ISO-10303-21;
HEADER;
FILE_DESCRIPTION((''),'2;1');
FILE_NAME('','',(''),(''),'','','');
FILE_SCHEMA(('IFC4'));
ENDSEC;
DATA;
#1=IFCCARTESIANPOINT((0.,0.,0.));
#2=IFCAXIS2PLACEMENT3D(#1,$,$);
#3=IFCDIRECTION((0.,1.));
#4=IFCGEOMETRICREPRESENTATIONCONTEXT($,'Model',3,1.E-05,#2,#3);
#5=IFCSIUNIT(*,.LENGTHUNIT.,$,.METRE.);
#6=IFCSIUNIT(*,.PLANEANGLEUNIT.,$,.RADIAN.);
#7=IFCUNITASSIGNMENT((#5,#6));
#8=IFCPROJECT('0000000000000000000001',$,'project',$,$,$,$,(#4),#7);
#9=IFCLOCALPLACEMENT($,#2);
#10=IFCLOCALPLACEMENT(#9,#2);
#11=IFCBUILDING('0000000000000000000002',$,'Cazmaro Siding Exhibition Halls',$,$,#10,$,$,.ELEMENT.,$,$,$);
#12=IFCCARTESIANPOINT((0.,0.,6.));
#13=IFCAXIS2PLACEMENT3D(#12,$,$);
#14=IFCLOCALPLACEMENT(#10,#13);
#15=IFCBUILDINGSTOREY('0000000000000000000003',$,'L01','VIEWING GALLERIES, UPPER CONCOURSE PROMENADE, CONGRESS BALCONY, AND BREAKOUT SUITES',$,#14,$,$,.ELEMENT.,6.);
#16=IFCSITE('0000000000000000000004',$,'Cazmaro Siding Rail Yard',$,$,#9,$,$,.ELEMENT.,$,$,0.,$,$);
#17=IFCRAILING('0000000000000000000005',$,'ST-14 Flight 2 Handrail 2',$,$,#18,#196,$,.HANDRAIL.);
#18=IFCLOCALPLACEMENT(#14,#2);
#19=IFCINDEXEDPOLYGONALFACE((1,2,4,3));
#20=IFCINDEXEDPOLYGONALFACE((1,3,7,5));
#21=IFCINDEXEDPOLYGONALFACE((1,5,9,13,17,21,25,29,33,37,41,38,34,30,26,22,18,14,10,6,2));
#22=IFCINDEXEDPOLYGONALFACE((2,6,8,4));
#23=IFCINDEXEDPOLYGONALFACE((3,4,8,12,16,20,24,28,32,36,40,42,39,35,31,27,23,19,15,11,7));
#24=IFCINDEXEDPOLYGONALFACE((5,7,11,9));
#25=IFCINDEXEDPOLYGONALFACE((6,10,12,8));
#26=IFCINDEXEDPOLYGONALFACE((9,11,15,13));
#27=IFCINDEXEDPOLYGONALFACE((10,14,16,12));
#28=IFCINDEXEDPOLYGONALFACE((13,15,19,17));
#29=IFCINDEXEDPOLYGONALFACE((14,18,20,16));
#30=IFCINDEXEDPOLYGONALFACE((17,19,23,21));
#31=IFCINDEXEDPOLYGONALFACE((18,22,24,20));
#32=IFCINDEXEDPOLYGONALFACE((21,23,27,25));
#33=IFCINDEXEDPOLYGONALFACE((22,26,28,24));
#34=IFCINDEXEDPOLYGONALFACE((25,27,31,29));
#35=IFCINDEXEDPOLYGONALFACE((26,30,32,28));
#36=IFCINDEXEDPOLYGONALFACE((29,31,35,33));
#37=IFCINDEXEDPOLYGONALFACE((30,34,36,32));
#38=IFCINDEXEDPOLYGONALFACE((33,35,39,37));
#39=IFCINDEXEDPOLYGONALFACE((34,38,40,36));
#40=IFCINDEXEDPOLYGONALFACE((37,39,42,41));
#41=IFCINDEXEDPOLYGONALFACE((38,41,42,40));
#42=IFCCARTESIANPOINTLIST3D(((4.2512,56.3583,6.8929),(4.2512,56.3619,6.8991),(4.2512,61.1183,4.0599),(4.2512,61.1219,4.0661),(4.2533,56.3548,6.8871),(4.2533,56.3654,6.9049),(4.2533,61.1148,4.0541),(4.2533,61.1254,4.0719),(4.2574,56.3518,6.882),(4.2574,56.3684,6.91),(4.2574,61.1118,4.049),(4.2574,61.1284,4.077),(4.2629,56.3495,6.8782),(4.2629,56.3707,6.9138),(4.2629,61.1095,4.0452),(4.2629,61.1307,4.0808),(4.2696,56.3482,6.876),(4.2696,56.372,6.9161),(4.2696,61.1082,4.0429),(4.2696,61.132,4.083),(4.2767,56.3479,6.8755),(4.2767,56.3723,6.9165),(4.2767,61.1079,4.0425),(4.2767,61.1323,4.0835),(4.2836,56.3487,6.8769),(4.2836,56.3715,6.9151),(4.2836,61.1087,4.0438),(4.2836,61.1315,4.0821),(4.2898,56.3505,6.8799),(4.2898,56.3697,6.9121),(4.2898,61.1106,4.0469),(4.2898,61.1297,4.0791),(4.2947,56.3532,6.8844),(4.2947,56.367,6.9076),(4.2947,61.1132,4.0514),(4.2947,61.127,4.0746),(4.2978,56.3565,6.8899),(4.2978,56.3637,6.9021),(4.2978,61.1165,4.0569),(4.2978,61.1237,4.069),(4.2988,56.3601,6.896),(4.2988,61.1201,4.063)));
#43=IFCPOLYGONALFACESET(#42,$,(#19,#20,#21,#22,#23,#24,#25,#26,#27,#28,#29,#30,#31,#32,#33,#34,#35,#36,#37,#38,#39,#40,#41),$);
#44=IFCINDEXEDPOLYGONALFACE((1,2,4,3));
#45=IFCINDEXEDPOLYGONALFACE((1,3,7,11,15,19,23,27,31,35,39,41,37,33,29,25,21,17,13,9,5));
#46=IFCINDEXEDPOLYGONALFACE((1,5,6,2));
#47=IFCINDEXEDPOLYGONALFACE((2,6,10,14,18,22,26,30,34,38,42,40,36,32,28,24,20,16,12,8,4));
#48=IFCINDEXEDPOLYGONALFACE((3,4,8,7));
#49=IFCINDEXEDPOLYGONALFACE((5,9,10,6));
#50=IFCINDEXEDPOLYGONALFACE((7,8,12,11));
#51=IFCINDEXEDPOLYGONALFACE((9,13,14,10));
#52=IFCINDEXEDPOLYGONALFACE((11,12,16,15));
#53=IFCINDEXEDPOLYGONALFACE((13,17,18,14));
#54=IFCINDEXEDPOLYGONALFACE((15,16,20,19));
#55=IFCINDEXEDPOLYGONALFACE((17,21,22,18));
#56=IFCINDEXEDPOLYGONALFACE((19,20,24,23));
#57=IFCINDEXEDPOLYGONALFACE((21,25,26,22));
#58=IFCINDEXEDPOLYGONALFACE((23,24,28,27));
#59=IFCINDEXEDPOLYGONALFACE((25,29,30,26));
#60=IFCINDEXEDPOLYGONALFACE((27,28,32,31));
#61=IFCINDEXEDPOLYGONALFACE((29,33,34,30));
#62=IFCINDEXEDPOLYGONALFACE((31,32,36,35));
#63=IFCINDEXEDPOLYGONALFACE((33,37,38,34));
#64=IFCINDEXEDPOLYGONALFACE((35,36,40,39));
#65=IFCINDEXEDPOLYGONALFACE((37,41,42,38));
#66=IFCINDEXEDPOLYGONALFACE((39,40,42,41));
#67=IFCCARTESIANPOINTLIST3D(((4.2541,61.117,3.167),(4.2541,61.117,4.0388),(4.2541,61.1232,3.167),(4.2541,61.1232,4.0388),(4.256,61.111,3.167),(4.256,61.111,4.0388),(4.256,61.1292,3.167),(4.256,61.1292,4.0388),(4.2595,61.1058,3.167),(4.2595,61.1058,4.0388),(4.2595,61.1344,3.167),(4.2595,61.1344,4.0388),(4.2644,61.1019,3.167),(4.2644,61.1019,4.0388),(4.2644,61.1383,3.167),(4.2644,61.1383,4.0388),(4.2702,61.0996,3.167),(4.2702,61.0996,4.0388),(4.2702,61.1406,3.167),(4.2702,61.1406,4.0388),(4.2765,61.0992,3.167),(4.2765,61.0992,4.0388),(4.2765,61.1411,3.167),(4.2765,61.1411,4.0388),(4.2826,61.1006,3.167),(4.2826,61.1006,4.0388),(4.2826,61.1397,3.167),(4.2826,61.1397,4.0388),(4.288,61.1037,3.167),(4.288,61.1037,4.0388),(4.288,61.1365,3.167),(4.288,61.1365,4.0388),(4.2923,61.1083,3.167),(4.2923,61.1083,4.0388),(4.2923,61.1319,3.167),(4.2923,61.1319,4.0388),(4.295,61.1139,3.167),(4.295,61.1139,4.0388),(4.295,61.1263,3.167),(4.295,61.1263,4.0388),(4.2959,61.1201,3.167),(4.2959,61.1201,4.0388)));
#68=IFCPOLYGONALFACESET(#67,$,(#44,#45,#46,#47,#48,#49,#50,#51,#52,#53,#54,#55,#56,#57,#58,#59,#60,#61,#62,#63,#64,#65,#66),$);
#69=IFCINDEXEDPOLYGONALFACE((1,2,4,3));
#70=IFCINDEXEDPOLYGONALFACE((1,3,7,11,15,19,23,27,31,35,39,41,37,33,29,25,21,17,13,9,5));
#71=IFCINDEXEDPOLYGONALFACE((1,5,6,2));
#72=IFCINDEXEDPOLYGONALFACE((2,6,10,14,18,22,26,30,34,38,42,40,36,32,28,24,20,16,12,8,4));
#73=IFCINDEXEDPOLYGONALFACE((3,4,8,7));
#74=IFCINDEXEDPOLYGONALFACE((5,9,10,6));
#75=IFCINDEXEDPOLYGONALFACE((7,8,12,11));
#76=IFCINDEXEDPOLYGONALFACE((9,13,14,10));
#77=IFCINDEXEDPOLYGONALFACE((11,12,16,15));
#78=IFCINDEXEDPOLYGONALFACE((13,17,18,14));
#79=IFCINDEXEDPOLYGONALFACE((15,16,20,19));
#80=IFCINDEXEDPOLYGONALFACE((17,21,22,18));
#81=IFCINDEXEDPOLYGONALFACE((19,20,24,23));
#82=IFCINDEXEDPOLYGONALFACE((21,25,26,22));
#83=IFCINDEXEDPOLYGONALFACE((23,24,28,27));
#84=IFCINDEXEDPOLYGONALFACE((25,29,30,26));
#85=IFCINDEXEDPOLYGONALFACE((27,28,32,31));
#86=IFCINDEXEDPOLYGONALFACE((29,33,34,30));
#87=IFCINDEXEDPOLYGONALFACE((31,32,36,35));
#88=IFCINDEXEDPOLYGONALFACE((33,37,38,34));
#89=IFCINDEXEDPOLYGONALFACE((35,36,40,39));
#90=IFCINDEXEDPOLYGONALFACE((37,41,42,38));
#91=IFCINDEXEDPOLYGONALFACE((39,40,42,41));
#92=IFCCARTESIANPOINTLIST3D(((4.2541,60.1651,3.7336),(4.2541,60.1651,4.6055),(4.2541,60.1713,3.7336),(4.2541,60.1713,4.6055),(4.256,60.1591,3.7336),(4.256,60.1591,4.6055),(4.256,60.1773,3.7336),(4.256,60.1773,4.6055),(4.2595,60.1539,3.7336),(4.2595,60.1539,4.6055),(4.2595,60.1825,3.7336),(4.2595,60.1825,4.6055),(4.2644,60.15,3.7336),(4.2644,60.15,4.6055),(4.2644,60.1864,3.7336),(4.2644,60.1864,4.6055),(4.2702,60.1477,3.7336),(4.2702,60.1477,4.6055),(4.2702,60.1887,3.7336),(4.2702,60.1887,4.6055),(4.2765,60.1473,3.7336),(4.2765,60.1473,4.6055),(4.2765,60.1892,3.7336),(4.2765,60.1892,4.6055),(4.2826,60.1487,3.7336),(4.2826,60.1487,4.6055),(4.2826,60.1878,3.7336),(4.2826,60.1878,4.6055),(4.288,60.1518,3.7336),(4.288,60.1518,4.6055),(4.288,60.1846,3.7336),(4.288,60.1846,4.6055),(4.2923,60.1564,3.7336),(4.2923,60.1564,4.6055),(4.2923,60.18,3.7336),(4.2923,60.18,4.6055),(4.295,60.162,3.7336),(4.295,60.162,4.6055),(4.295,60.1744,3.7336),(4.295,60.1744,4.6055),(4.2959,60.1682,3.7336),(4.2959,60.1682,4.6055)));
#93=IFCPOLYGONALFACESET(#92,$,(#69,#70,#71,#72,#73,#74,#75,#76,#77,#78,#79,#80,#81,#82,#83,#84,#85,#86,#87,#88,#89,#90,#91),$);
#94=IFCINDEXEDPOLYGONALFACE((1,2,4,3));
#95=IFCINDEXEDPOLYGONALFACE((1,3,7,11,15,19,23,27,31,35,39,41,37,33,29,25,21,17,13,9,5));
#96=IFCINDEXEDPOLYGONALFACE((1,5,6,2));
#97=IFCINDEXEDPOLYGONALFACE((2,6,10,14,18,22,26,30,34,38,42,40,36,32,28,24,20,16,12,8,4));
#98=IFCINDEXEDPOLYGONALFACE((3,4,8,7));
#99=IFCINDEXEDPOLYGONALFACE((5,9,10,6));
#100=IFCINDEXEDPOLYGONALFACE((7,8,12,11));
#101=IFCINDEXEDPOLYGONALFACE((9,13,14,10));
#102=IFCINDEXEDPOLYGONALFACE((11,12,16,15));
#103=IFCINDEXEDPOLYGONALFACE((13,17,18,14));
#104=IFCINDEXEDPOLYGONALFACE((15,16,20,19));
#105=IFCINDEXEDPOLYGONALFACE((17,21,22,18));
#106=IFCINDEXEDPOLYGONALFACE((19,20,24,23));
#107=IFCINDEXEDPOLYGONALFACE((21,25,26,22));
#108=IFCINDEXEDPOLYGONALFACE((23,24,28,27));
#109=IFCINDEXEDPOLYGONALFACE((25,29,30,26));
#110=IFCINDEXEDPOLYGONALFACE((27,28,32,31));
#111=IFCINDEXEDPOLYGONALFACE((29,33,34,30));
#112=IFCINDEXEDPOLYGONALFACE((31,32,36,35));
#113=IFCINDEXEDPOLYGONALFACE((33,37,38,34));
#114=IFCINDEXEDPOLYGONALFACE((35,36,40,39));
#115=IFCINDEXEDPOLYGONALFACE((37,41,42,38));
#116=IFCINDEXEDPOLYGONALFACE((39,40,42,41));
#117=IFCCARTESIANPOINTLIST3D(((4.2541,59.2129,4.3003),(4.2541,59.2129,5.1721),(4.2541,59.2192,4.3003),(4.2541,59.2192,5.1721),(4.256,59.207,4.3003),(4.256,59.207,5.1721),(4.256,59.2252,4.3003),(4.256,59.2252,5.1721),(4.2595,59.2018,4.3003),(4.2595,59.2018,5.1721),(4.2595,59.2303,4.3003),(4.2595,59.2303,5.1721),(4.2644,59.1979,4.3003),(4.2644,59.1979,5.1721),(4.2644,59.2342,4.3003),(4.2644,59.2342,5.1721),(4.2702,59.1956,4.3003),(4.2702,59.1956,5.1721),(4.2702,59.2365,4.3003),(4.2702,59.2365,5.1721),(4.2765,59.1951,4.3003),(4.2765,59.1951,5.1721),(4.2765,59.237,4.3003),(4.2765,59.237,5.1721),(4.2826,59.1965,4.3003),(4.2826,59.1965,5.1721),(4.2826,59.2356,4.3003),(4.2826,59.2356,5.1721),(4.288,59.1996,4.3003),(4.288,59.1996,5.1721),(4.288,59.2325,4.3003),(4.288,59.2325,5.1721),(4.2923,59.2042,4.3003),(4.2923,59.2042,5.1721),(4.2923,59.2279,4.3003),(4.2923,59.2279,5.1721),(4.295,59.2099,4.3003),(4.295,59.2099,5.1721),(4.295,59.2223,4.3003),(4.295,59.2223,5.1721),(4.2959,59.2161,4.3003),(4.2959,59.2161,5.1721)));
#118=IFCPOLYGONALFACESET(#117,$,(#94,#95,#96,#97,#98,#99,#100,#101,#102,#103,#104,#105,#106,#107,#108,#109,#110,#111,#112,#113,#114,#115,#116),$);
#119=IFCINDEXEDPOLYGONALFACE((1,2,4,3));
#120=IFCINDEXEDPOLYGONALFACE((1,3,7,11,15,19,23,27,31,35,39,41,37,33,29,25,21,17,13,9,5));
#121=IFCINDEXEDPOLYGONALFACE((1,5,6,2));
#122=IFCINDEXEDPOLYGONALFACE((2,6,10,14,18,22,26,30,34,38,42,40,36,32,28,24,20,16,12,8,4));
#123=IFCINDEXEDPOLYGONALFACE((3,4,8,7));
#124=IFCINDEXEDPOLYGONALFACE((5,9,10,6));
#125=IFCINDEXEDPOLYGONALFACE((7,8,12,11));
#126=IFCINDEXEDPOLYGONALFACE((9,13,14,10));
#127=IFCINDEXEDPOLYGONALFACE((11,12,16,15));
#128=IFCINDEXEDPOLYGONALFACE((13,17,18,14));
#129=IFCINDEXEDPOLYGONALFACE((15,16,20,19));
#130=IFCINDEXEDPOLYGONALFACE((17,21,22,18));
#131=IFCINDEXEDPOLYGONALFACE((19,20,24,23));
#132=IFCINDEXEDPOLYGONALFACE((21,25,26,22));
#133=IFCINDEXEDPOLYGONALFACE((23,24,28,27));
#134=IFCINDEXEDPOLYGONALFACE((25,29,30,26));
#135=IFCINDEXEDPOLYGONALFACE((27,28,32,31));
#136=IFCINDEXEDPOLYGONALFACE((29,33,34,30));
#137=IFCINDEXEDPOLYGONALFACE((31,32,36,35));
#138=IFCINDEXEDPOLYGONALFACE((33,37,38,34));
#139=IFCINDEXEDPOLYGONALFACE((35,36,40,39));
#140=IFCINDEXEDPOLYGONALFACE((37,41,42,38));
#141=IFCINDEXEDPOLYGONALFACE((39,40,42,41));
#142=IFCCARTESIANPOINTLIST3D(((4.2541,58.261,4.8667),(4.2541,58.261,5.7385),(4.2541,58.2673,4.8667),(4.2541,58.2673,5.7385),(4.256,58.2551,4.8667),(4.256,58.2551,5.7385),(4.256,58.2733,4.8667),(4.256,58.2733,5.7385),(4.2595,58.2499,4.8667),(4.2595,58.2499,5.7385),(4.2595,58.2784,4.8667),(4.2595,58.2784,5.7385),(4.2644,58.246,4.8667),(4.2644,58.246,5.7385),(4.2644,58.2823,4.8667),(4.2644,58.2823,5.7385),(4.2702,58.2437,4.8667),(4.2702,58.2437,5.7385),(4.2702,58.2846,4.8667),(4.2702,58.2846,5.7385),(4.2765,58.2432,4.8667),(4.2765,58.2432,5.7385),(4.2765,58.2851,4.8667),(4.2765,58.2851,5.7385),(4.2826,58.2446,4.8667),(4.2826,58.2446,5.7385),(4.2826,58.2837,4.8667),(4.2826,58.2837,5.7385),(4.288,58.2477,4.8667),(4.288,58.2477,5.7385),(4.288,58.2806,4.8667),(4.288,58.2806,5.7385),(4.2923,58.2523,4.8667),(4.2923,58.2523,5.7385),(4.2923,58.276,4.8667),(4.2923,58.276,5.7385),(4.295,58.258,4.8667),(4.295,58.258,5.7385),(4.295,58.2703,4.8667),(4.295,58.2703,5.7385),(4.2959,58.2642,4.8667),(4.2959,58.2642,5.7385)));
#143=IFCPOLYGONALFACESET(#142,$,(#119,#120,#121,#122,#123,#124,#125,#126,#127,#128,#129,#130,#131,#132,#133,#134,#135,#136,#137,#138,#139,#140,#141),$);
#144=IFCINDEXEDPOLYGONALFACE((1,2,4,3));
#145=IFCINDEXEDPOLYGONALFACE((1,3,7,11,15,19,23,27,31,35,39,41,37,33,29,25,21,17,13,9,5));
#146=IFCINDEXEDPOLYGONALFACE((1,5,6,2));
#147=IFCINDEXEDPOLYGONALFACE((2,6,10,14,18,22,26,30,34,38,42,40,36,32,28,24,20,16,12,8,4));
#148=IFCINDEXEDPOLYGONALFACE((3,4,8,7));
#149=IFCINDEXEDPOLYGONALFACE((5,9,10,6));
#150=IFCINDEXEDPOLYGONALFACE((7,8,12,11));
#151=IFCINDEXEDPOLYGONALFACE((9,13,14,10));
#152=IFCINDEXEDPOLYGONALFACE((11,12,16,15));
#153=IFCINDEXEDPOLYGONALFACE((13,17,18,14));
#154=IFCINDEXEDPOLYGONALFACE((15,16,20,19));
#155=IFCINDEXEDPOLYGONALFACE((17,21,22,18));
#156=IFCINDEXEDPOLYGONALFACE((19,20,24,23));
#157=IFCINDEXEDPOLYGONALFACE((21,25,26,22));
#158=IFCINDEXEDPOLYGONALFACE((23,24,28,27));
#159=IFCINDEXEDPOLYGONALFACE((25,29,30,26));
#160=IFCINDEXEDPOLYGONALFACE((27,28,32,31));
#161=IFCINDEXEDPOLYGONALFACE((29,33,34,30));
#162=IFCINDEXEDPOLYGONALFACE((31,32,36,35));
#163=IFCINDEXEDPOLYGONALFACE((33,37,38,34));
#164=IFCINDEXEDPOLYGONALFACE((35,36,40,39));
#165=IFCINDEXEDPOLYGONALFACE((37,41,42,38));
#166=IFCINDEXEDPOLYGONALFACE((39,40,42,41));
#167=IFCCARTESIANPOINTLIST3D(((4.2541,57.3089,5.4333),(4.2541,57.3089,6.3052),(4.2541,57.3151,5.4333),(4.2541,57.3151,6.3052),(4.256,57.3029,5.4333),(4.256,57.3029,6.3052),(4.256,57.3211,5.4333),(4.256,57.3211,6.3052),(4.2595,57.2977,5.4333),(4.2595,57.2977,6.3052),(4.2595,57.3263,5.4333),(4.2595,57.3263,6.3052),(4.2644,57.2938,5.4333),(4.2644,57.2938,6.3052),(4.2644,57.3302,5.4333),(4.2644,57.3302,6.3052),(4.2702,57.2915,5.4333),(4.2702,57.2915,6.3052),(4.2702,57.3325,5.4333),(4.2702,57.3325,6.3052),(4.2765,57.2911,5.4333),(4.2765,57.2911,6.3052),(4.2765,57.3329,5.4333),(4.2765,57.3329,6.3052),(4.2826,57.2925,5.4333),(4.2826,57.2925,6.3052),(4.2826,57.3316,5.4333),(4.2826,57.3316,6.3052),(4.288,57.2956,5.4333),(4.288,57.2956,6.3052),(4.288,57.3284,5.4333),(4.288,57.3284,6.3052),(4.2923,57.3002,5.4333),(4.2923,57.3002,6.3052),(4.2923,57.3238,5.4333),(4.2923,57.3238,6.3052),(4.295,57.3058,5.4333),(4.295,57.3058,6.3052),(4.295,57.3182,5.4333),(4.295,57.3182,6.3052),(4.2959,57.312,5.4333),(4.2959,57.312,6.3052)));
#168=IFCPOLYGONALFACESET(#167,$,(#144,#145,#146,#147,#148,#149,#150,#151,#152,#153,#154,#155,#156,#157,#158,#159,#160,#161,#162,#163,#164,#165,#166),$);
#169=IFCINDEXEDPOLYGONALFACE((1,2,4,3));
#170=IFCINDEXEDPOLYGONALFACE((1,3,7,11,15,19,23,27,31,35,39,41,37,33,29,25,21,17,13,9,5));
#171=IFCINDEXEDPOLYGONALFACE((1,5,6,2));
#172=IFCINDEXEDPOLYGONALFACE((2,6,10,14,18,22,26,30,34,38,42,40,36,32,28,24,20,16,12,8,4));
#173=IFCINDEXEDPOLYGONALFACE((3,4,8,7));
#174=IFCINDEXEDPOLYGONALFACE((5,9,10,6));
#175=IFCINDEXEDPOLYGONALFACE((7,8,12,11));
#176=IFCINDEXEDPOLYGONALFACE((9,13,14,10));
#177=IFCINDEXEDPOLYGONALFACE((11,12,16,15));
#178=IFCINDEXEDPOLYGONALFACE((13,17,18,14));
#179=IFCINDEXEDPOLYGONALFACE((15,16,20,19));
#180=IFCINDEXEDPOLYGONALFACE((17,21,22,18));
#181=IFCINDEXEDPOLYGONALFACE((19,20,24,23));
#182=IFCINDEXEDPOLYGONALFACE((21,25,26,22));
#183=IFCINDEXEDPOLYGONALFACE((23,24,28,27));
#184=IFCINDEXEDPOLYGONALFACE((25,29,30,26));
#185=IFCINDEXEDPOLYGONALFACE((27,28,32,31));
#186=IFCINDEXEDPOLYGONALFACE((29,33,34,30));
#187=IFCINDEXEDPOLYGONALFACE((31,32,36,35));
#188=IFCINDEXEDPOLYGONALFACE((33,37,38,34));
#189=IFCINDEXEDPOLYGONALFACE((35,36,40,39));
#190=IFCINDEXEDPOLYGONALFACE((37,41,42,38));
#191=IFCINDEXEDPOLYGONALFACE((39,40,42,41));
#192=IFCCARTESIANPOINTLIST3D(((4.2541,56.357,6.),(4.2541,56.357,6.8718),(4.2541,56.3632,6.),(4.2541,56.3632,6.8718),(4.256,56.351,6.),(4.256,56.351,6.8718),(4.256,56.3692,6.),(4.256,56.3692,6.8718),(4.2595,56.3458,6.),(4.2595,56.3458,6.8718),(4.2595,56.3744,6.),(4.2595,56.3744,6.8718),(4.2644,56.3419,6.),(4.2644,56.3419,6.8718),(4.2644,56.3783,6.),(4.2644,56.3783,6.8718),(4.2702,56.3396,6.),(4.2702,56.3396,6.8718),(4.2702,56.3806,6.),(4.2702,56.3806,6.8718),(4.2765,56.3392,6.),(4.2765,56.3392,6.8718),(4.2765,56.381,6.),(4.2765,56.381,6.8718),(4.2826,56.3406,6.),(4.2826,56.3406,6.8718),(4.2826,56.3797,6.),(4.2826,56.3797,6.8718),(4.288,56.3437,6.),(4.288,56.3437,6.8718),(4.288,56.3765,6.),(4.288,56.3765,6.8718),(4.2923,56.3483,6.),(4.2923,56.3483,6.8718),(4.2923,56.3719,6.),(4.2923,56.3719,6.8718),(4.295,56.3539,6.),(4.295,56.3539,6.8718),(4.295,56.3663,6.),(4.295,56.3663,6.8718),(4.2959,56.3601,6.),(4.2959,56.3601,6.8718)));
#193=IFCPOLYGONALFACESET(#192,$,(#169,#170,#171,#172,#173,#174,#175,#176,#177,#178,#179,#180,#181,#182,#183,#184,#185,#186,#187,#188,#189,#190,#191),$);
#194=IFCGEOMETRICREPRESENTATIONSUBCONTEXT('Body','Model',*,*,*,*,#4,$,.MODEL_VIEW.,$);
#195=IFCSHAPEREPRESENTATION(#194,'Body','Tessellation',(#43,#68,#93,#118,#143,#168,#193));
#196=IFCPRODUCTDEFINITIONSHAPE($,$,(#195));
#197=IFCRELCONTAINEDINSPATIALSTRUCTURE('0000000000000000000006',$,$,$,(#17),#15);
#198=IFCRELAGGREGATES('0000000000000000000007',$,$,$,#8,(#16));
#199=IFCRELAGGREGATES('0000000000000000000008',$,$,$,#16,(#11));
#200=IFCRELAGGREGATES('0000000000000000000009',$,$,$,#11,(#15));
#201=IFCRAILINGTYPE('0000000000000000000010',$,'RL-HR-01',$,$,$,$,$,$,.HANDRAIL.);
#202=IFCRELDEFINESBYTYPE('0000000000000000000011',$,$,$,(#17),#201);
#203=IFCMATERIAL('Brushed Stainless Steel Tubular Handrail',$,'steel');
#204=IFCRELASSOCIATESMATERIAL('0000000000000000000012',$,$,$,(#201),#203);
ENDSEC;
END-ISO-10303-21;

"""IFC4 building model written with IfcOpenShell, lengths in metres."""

from ifc_helpers import new_model, si_unit, direction, frame, origin, origin_2d, place, context, subcontext, project, spatial, circle, extrude, material, type_object, element, save


model = new_model("IFC4")

# Units and contexts
model_context = context("Model", 3, precision=1e-05, world=origin(), true_north=direction((0.0, 1.0)))
body_context = subcontext(model_context, "Body", "Model", "MODEL_VIEW")
ifc_project = project(units=[si_unit("LENGTHUNIT", "METRE"), si_unit("PLANEANGLEUNIT", "RADIAN")], contexts=[model_context])

# Site, building, storey
site_placement = place(None, origin())
site = spatial("IfcSite", under=ifc_project, at=site_placement, Name="Cazmaro Siding Rail Yard", CompositionType="ELEMENT", RefElevation=0.0)
building_placement = place(site_placement, origin())
building = spatial("IfcBuilding", under=site, at=building_placement, Name="Cazmaro Siding Exhibition Halls", CompositionType="ELEMENT")
storey_placement = place(building_placement, frame((0.0, 0.0, 6.0)))
storey = spatial("IfcBuildingStorey", under=building, at=storey_placement, Name="L01", Description="VIEWING GALLERIES, UPPER CONCOURSE PROMENADE, CONGRESS BALCONY, AND BREAKOUT SUITES", CompositionType="ELEMENT", Elevation=6.0)

# Railing
ifc_material_1 = material(Name="Brushed Stainless Steel Tubular Handrail", Category="steel")
railing_type_1 = type_object("IfcRailingType", Name="RL-HR-01", PredefinedType="HANDRAIL", material=ifc_material_1)
railing_1_placement = place(storey_placement, frame((4.2749, 61.1201, 3.167)))
element("IfcRailing", 1, at=railing_1_placement, inside=storey, type_object=railing_type_1, Name="ST-14 Flight 2 Handrail 2", PredefinedType="HANDRAIL", context=body_context, shape_type="SweptSolid", body=[
    extrude(circle(Radius=0.0239, at=origin_2d()), frame((0.0, 0.0, 0.896), z_axis=(0.0, -0.859319, 0.51144), x_axis=(1.0, 0.0, 0.0)), (0.0, 0.0, 1.0), 5.5393),
    extrude(circle(Radius=0.021, at=origin_2d()), origin(), (0.0, 0.0, 1.0), 0.8718),
    extrude(circle(Radius=0.021, at=origin_2d()), frame((0.0, -0.9519, 0.5667)), (0.0, 0.0, 1.0), 0.8718),
    extrude(circle(Radius=0.021, at=origin_2d()), frame((0.0, -1.9041, 1.1333)), (0.0, 0.0, 1.0), 0.8718),
    extrude(circle(Radius=0.021, at=origin_2d()), frame((0.0, -2.856, 1.6997)), (0.0, 0.0, 1.0), 0.8718),
    extrude(circle(Radius=0.021, at=origin_2d()), frame((0.0, -3.8081, 2.2664)), (0.0, 0.0, 1.0), 0.8718),
    extrude(circle(Radius=0.021, at=origin_2d()), frame((0.0, -4.76, 2.833)), (0.0, 0.0, 1.0), 0.8718),
])

save(model, "model.ifc")
